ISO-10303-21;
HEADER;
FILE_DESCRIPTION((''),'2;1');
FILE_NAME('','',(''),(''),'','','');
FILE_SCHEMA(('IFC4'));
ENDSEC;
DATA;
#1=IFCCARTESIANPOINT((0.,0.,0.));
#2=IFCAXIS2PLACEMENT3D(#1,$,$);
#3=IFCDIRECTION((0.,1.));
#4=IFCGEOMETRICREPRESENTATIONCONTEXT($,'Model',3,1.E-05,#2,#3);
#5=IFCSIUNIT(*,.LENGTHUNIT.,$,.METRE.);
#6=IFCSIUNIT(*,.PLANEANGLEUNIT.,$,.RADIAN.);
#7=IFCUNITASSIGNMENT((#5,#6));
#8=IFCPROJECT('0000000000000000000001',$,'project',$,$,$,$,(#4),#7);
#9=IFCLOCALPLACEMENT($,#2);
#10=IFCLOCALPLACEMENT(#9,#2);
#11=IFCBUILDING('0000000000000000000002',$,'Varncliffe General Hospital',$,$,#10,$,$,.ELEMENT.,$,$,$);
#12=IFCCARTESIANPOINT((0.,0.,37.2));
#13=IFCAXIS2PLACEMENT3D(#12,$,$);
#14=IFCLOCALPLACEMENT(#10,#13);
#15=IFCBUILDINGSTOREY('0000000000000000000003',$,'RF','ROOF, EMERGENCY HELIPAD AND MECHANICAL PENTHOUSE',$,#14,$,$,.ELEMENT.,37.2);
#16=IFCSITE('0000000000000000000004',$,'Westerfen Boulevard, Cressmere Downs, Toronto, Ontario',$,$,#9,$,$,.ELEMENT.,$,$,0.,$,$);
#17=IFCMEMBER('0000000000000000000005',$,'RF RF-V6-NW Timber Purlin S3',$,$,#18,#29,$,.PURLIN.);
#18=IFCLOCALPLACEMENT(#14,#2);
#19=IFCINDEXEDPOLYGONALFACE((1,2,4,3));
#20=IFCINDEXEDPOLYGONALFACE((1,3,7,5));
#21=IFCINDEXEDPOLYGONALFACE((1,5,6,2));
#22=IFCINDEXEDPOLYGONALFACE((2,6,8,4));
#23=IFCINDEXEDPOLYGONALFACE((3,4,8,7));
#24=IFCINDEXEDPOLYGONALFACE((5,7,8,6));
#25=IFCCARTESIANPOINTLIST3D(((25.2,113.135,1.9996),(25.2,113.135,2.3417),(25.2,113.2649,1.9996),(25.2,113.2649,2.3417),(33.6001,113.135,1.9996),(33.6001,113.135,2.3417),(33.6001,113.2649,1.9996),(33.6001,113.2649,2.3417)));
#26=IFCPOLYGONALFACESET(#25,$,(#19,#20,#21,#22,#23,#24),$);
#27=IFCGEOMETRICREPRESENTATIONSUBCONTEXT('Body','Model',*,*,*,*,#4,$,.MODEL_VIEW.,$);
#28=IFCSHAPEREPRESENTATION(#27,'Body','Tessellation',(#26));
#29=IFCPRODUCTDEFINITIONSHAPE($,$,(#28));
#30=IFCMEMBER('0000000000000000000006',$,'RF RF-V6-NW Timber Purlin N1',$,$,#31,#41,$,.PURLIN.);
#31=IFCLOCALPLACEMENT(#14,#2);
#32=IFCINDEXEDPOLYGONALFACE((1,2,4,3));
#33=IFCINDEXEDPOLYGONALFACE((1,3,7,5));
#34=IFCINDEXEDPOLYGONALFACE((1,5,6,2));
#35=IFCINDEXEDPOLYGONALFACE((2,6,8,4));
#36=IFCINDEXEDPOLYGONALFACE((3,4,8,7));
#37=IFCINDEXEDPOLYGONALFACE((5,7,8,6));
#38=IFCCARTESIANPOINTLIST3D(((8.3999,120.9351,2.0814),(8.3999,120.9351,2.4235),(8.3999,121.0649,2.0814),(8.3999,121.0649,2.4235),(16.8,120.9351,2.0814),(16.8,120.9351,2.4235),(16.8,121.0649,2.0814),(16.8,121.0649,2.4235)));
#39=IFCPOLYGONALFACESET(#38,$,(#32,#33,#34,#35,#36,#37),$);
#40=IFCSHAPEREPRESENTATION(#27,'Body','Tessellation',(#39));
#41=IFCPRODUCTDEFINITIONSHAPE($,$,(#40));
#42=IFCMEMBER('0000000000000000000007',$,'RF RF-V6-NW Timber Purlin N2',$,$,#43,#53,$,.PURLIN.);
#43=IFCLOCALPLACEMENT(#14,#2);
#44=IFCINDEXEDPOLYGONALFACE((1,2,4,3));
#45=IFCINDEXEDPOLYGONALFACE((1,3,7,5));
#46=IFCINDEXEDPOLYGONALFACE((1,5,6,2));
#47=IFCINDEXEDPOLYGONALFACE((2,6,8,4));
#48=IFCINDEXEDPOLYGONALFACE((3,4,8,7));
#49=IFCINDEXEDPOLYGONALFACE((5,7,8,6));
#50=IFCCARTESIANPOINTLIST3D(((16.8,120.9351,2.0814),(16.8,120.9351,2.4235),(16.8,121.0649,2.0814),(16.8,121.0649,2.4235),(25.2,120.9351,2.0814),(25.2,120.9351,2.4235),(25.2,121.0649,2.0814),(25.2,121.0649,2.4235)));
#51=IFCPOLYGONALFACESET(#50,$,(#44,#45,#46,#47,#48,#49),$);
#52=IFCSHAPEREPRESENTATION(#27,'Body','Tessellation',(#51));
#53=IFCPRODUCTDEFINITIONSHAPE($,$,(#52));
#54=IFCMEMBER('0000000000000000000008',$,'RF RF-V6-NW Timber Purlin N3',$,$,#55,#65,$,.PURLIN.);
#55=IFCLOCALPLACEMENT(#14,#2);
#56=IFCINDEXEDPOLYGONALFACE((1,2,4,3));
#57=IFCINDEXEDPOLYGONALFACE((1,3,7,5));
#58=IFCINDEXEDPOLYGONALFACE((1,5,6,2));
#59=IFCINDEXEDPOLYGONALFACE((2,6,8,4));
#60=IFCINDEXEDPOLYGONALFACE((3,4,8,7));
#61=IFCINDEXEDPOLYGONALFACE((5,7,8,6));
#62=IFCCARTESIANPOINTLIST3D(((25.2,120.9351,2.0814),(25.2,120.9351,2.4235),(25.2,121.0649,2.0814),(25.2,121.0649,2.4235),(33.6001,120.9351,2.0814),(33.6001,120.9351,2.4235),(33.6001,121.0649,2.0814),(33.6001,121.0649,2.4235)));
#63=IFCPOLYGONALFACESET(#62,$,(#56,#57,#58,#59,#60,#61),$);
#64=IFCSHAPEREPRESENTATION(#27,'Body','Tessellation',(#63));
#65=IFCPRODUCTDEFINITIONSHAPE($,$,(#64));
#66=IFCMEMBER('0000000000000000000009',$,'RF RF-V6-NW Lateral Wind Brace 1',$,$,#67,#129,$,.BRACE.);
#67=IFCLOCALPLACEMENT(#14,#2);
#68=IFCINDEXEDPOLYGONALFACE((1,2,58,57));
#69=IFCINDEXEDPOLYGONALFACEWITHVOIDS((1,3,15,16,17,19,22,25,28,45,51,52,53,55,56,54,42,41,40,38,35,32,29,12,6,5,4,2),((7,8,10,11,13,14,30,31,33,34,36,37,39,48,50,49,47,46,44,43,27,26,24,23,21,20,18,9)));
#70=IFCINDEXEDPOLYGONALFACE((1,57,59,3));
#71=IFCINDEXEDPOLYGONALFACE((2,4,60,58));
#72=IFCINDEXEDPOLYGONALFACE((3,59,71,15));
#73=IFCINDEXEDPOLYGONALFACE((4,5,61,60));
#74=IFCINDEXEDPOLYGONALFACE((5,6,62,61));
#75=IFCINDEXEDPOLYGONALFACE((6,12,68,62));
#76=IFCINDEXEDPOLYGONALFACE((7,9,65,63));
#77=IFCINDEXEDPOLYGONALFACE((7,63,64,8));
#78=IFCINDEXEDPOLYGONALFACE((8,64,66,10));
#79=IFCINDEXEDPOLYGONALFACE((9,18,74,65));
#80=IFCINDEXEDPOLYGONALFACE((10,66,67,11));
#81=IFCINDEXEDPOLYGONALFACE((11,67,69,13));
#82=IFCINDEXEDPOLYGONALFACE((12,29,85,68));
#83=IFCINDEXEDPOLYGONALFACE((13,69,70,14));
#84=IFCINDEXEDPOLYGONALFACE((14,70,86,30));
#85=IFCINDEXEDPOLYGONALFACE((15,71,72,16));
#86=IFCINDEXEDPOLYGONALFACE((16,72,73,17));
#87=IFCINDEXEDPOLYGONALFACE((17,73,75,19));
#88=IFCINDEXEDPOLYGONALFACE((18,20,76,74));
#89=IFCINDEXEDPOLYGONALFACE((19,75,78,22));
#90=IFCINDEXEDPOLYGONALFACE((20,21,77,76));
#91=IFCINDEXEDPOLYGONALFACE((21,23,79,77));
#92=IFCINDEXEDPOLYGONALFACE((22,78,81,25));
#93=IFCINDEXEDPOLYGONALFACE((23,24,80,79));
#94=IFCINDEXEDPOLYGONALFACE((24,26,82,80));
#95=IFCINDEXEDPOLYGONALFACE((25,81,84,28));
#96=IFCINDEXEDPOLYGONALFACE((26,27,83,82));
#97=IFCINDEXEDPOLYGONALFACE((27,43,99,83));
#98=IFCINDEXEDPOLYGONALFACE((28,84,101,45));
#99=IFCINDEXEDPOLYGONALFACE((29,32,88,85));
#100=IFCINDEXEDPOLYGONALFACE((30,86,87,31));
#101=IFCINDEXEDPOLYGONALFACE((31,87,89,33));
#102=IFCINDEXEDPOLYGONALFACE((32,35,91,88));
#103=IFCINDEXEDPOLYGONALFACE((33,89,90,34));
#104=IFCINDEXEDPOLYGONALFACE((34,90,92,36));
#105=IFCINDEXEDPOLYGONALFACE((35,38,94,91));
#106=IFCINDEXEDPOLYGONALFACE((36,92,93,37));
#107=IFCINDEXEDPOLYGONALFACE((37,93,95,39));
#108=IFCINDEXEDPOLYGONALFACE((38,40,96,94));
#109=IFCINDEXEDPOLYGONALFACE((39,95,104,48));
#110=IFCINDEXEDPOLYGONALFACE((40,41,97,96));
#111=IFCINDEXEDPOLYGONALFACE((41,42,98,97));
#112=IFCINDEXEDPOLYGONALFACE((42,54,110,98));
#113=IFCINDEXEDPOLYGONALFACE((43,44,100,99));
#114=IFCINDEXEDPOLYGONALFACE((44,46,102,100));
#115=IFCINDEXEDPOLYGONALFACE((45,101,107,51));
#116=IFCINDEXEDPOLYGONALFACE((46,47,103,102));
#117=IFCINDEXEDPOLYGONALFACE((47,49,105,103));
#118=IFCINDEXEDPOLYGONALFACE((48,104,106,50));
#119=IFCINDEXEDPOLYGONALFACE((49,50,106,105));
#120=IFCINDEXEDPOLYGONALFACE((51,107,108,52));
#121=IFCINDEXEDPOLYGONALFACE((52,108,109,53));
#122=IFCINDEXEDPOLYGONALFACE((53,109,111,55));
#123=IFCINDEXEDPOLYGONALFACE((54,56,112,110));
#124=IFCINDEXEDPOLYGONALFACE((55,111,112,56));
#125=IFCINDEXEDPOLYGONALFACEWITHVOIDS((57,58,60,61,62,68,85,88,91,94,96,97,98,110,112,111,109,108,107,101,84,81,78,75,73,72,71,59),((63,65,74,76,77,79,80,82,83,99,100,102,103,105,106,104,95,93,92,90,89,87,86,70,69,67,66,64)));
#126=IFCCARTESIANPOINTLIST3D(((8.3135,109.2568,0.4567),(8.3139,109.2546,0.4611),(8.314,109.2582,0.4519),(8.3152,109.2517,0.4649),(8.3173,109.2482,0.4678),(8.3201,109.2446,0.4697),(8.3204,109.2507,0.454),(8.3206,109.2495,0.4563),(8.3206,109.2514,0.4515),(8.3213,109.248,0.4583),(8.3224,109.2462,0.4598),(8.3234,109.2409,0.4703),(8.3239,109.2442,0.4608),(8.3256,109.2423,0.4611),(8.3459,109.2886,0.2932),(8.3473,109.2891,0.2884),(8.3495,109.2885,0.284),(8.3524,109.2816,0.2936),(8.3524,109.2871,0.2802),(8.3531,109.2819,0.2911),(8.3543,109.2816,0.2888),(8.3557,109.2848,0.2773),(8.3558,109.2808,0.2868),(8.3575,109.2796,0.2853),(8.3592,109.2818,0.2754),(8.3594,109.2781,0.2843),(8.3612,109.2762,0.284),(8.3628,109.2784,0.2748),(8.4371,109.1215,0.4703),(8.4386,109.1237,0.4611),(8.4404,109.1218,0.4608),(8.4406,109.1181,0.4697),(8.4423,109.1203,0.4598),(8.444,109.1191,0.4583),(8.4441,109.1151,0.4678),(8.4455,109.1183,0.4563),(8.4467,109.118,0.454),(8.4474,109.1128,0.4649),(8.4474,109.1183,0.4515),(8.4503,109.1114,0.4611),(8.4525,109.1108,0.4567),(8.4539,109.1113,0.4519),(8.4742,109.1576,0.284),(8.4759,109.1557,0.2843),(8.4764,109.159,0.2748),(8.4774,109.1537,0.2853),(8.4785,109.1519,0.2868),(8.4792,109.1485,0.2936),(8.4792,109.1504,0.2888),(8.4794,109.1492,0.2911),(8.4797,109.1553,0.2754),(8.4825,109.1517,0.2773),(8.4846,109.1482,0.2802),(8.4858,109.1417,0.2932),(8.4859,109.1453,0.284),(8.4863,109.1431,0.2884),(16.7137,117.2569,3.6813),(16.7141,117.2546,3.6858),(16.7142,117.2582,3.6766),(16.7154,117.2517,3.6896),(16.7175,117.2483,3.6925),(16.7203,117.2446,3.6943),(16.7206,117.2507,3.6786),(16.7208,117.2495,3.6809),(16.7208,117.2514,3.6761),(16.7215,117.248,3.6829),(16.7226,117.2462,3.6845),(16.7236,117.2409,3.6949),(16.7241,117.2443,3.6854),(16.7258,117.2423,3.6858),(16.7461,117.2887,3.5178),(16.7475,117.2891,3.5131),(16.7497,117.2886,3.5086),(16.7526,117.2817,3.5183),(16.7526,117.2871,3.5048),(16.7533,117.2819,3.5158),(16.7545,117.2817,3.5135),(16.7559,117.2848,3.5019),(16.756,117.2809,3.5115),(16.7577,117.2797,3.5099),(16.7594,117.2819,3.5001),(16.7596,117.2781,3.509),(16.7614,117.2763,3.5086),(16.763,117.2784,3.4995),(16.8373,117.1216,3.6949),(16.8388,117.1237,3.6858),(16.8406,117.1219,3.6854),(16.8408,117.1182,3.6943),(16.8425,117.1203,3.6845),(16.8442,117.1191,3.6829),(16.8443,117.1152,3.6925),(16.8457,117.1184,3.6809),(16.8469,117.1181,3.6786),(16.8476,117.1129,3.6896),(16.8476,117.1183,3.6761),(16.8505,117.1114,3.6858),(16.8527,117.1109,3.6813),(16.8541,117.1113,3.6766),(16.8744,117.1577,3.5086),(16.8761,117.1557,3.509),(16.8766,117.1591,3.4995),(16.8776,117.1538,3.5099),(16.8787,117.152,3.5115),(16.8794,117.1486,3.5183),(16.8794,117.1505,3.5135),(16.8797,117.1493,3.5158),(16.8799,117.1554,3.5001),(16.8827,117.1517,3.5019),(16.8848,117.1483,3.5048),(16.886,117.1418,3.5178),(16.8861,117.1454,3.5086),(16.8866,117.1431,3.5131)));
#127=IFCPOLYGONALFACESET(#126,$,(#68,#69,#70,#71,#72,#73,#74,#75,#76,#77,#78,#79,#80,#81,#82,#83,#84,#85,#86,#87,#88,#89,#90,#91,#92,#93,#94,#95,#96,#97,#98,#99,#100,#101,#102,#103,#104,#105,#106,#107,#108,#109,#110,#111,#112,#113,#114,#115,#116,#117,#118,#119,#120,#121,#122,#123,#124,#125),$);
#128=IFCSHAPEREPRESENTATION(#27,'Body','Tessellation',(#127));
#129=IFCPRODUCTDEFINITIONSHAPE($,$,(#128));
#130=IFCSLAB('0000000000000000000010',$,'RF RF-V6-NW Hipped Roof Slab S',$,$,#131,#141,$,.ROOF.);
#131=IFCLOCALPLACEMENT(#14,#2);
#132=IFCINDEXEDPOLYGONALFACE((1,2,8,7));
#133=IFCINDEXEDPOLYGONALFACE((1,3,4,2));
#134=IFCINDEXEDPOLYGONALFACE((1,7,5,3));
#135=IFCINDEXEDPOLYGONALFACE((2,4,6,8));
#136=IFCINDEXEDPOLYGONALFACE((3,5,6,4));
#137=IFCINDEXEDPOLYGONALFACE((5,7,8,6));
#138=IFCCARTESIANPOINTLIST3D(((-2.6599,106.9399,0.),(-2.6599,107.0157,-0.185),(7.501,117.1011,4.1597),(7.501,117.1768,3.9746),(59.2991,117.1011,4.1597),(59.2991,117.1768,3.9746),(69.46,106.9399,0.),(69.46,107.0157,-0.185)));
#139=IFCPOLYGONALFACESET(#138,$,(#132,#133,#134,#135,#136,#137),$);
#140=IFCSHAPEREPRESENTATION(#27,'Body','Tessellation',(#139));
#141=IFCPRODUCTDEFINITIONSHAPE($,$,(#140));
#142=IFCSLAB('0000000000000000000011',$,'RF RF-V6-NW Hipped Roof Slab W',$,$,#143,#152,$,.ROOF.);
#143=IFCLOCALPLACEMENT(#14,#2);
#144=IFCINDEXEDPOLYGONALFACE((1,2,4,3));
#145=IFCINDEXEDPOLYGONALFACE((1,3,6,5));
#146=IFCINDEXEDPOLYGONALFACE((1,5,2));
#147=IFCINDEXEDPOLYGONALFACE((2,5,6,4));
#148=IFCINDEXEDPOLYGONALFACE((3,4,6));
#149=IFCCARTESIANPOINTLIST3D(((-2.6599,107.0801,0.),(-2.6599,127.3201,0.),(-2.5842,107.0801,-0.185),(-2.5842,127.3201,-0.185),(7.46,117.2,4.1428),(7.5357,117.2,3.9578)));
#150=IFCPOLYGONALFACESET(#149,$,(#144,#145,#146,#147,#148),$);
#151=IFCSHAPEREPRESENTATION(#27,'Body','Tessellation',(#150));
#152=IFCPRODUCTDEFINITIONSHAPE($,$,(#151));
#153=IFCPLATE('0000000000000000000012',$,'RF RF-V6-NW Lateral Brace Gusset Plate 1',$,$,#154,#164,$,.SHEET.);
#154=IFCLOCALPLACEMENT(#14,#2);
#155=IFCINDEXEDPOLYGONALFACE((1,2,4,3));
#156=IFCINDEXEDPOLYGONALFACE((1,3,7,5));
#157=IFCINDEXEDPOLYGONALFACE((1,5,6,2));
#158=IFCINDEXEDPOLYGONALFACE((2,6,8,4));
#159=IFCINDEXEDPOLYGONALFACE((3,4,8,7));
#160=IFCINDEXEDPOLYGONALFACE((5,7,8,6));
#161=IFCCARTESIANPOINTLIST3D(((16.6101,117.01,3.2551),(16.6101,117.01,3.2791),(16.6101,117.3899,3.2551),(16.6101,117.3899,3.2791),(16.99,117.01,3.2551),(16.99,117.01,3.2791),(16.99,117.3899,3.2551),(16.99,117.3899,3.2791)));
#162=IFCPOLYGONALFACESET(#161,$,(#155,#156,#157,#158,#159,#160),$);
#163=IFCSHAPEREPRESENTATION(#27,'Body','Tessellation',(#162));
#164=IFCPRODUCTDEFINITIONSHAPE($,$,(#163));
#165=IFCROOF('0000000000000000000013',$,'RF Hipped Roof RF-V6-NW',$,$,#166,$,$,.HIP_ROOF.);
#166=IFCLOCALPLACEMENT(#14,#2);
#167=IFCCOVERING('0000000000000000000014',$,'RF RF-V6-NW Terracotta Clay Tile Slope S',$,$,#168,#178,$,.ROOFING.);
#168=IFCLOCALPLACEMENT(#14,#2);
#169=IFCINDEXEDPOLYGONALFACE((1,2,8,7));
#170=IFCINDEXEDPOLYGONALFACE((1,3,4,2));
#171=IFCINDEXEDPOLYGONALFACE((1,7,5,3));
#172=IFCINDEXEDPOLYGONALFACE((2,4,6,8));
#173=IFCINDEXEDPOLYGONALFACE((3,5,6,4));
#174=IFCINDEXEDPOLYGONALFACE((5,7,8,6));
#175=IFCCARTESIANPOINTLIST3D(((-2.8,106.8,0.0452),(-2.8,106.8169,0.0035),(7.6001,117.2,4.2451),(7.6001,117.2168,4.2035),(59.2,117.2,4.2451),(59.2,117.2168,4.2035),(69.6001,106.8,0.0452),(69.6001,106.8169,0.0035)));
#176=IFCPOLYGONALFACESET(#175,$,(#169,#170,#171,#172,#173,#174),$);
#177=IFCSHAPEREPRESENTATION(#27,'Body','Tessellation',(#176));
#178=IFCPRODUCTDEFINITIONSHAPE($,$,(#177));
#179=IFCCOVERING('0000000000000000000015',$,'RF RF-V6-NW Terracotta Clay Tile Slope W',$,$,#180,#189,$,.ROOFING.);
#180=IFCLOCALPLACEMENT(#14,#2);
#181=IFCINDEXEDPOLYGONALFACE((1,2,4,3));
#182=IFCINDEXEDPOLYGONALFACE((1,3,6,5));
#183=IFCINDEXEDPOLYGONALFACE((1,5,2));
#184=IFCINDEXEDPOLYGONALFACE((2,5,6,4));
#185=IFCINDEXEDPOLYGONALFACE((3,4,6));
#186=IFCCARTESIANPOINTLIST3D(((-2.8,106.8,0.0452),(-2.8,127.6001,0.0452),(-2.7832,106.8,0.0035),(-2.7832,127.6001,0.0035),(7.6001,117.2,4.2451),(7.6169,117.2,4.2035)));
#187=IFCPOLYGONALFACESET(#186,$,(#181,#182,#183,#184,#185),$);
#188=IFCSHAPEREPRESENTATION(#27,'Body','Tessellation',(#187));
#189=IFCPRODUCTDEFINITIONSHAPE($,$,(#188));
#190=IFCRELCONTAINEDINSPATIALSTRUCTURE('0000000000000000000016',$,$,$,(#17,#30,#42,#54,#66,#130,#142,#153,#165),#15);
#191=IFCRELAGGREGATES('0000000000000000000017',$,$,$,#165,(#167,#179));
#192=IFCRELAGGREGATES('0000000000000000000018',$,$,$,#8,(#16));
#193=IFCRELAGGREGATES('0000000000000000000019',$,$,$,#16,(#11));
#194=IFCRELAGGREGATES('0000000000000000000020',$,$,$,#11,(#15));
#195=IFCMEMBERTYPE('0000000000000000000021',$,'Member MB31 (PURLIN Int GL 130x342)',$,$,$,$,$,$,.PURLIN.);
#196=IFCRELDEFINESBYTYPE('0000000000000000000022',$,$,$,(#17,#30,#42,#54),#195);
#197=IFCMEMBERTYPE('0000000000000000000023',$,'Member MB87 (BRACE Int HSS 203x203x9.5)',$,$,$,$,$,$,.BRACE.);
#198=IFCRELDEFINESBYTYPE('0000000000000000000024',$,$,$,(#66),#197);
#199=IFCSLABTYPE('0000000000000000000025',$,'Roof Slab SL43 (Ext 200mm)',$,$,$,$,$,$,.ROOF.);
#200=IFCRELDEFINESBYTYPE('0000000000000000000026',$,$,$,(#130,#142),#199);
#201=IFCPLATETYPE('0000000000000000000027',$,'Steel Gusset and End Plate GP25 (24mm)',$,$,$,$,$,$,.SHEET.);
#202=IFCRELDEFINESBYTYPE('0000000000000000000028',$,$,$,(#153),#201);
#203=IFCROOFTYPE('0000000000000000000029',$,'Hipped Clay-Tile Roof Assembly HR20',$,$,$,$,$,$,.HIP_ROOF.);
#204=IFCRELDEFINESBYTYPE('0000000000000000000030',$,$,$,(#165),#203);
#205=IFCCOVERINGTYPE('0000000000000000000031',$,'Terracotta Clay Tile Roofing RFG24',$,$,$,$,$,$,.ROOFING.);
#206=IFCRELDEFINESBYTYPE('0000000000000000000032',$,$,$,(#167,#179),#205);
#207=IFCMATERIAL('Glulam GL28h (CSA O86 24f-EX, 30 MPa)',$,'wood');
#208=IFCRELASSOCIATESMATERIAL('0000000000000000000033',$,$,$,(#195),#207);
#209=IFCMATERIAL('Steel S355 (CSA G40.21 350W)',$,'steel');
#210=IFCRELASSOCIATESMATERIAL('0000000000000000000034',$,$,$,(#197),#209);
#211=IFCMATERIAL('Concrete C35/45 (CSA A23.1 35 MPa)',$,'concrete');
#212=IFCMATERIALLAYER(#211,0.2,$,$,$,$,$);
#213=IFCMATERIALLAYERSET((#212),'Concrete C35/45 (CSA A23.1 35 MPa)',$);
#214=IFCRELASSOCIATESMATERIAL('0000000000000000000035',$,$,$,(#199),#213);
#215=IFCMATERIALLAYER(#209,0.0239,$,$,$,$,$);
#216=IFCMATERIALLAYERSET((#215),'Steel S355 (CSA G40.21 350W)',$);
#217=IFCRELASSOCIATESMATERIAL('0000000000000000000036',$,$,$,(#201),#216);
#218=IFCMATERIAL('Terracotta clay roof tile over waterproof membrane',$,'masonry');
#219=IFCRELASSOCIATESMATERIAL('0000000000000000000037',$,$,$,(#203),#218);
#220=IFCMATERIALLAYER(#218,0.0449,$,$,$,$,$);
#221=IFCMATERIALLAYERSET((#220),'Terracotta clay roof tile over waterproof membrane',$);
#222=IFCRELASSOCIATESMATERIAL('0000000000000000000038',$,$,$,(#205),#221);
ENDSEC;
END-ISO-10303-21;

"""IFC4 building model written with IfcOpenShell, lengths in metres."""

from ifc_helpers import new_model, si_unit, direction, frame, origin, origin_2d, place, context, subcontext, project, spatial, polyline, rectangle, hollow_rectangle, outline, extrude, material, layer, layer_set, material_profile, profile_set, type_object, element, aggregate, save


model = new_model("IFC4")

# Units and contexts
model_context = context("Model", 3, precision=1e-05, world=origin(), true_north=direction((0.0, 1.0)))
body_context = subcontext(model_context, "Body", "Model", "MODEL_VIEW")
ifc_project = project(units=[si_unit("LENGTHUNIT", "METRE"), si_unit("PLANEANGLEUNIT", "RADIAN")], contexts=[model_context])

# Site, building, storey
site_placement = place(None, origin())
site = spatial("IfcSite", under=ifc_project, at=site_placement, Name="Westerfen Boulevard, Cressmere Downs, Toronto, Ontario", CompositionType="ELEMENT", RefElevation=0.0)
building_placement = place(site_placement, origin())
building = spatial("IfcBuilding", under=site, at=building_placement, Name="Varncliffe General Hospital", CompositionType="ELEMENT")
storey_placement = place(building_placement, frame((0.0, 0.0, 37.2)))
storey = spatial("IfcBuildingStorey", under=building, at=storey_placement, Name="RF", Description="ROOF, EMERGENCY HELIPAD AND MECHANICAL PENTHOUSE", CompositionType="ELEMENT", Elevation=37.2)

# Shared definitions
ifc_material_1 = material(Name="Glulam GL28h (CSA O86 24f-EX, 30 MPa)", Category="wood")

# Members
ifc_material_profile_1 = material_profile(ifc_material_1, rectangle(XDim=0.1299, YDim=0.342, at=origin_2d()), Name="GL 130x342")
ifc_profile_set_1 = profile_set([ifc_material_profile_1], Name="Glulam GL28h (CSA O86 24f-EX, 30 MPa)")
member_type_1 = type_object("IfcMemberType", Name="Member MB31 (PURLIN Int GL 130x342)", PredefinedType="PURLIN", material=ifc_profile_set_1)
for number, where, z_axis, x_axis, name in (
    (1, (25.2, 113.2, 2.1707), (1.0, 0.0, 0.0), (0.0, 1.0, 0.0), "RF RF-V6-NW Timber Purlin S3"),
    (2, (8.3999, 121.0, 2.2524), (1.0, 0.0, 0.0), (0.0, 1.0, 0.0), "RF RF-V6-NW Timber Purlin N1"),
):
    element("IfcMember", number, at=place(storey_placement, frame(where, z_axis=z_axis, x_axis=x_axis)), inside=storey, type_object=member_type_1, Name=name, PredefinedType="PURLIN", context=body_context, shape_type="SweptSolid", body=[
        extrude(rectangle(XDim=0.1299, YDim=0.342, at=origin_2d()), origin(), (0.0, 0.0, 1.0), 8.4001),
    ])
member_1_placement = place(storey_placement, frame((16.8, 121.0, 2.2524), z_axis=(1.0, 0.0, 0.0), x_axis=(0.0, 1.0, 0.0)))
element("IfcMember", 3, at=member_1_placement, inside=storey, type_object=member_type_1, Name="RF RF-V6-NW Timber Purlin N2", PredefinedType="PURLIN", context=body_context, shape_type="SweptSolid", body=[
    extrude(rectangle(XDim=0.1299, YDim=0.342, at=origin_2d()), origin(), (0.0, 0.0, 1.0), 8.3999),
])
member_2_placement = place(storey_placement, frame((25.2, 121.0, 2.2524), z_axis=(1.0, 0.0, 0.0), x_axis=(0.0, 1.0, 0.0)))
element("IfcMember", 4, at=member_2_placement, inside=storey, type_object=member_type_1, Name="RF RF-V6-NW Timber Purlin N3", PredefinedType="PURLIN", context=body_context, shape_type="SweptSolid", body=[
    extrude(rectangle(XDim=0.1299, YDim=0.342, at=origin_2d()), origin(), (0.0, 0.0, 1.0), 8.4001),
])
ifc_material_2 = material(Name="Steel S355 (CSA G40.21 350W)", Category="steel")
ifc_material_profile_2 = material_profile(ifc_material_2, hollow_rectangle(XDim=0.2029, YDim=0.2029, WallThickness=0.0095, InnerFilletRadius=0.01, OuterFilletRadius=0.019, at=origin_2d()), Name="HSS 203x203x9.5")
ifc_profile_set_2 = profile_set([ifc_material_profile_2], Name="Steel S355 (CSA G40.21 350W)")
member_type_2 = type_object("IfcMemberType", Name="Member MB87 (BRACE Int HSS 203x203x9.5)", PredefinedType="BRACE", material=ifc_profile_set_2)
member_3_placement = place(storey_placement, frame((8.3999, 109.2, 0.3726), z_axis=(0.697689, 0.664454, 0.267826), x_axis=(-0.689649, 0.724144, 0.0)))
element("IfcMember", 5, at=member_3_placement, inside=storey, type_object=member_type_2, Name="RF RF-V6-NW Lateral Wind Brace 1", PredefinedType="BRACE", context=body_context, shape_type="SweptSolid", body=[
    extrude(hollow_rectangle(XDim=0.2029, YDim=0.2029, WallThickness=0.0095, InnerFilletRadius=0.01, OuterFilletRadius=0.019, at=origin_2d()), origin(), (0.0, 0.0, 1.0), 12.04),
])

# Slabs
ifc_material_3 = material(Name="Concrete C35/45 (CSA A23.1 35 MPa)", Category="concrete")
ifc_layer_1 = layer(ifc_material_3, 0.2)
ifc_layer_set_1 = layer_set([ifc_layer_1], Name="Concrete C35/45 (CSA A23.1 35 MPa)")
slab_type = type_object("IfcSlabType", Name="Roof Slab SL43 (Ext 200mm)", PredefinedType="ROOF", material=ifc_layer_set_1)
slab_1_placement = place(storey_placement, frame((-2.6599, 106.9399, 0.0), z_axis=(0.0, -0.378854, 0.925456), x_axis=(1.0, 0.0, 0.0)))
element("IfcSlab", 6, at=slab_1_placement, inside=storey, type_object=slab_type, Name="RF RF-V6-NW Hipped Roof Slab S", PredefinedType="ROOF", context=body_context, shape_type="SweptSolid", body=[
    extrude(outline(polyline([(0.0, 0.0), (72.1199, 0.0), (61.959, 10.9796), (10.1609, 10.9796), (0.0, 0.0)])), origin(), (0.0, 0.0, -1.0), 0.2),
])
slab_2_placement = place(storey_placement, frame((-2.6599, 127.3201, 0.0), z_axis=(-0.378858, 0.0, 0.925455), x_axis=(0.0, -1.0, 0.0)))
element("IfcSlab", 7, at=slab_2_placement, inside=storey, type_object=slab_type, Name="RF RF-V6-NW Hipped Roof Slab W", PredefinedType="ROOF", context=body_context, shape_type="SweptSolid", body=[
    extrude(outline(polyline([(0.0, 0.0), (20.24, 0.0), (10.1201, 10.935), (0.0, 0.0)])), origin(), (0.0, 0.0, -1.0), 0.2),
])

# Plate
ifc_layer_2 = layer(ifc_material_2, 0.0239)
ifc_layer_set_2 = layer_set([ifc_layer_2], Name="Steel S355 (CSA G40.21 350W)")
plate_type = type_object("IfcPlateType", Name="Steel Gusset and End Plate GP25 (24mm)", PredefinedType="SHEET", material=ifc_layer_set_2)
plate_placement = place(storey_placement, frame((16.8, 117.2, 3.2551), z_axis=(0.0, 0.0, 1.0), x_axis=(1.0, 0.0, 0.0)))
element("IfcPlate", 8, at=plate_placement, inside=storey, type_object=plate_type, Name="RF RF-V6-NW Lateral Brace Gusset Plate 1", PredefinedType="SHEET", context=body_context, shape_type="SweptSolid", body=[
    extrude(rectangle(XDim=0.3799, YDim=0.3799, at=origin_2d()), origin(), (0.0, 0.0, 1.0), 0.0239),
])

# Roof, coverings
ifc_material_4 = material(Name="Terracotta clay roof tile over waterproof membrane", Category="masonry")
roof_type = type_object("IfcRoofType", Name="Hipped Clay-Tile Roof Assembly HR20", PredefinedType="HIP_ROOF", material=ifc_material_4)
roof_placement = place(storey_placement, origin())
roof = element("IfcRoof", 9, at=roof_placement, inside=storey, type_object=roof_type, Name="RF Hipped Roof RF-V6-NW", PredefinedType="HIP_ROOF")
ifc_layer_3 = layer(ifc_material_4, 0.0449)
ifc_layer_set_3 = layer_set([ifc_layer_3], Name="Terracotta clay roof tile over waterproof membrane")
covering_type = type_object("IfcCoveringType", Name="Terracotta Clay Tile Roofing RFG24", PredefinedType="ROOFING", material=ifc_layer_set_3)
covering_1_placement = place(storey_placement, frame((-2.8, 106.8, 0.0452), z_axis=(0.0, -0.374462, 0.927242), x_axis=(1.0, 0.0, 0.0)))
covering_1 = element("IfcCovering", 10, at=covering_1_placement, type_object=covering_type, Name="RF RF-V6-NW Terracotta Clay Tile Slope S", PredefinedType="ROOFING", context=body_context, shape_type="SweptSolid", body=[
    extrude(outline(polyline([(0.0, 0.0), (72.4001, 0.0), (62.0, 11.216), (10.4001, 11.216), (0.0, 0.0)])), origin(), (0.0, 0.0, -1.0), 0.0449),
])
covering_2_placement = place(storey_placement, frame((-2.8, 127.6001, 0.0452), z_axis=(-0.374455, 0.0, 0.927245), x_axis=(0.0, -1.0, 0.0)))
covering_2 = element("IfcCovering", 11, at=covering_2_placement, type_object=covering_type, Name="RF RF-V6-NW Terracotta Clay Tile Slope W", PredefinedType="ROOFING", context=body_context, shape_type="SweptSolid", body=[
    extrude(outline(polyline([(0.0, 0.0), (20.8, 0.0), (10.4001, 11.2162), (0.0, 0.0)])), origin(), (0.0, 0.0, -1.0), 0.0449),
])
aggregate(roof, [covering_1, covering_2])

save(model, "model.ifc")
